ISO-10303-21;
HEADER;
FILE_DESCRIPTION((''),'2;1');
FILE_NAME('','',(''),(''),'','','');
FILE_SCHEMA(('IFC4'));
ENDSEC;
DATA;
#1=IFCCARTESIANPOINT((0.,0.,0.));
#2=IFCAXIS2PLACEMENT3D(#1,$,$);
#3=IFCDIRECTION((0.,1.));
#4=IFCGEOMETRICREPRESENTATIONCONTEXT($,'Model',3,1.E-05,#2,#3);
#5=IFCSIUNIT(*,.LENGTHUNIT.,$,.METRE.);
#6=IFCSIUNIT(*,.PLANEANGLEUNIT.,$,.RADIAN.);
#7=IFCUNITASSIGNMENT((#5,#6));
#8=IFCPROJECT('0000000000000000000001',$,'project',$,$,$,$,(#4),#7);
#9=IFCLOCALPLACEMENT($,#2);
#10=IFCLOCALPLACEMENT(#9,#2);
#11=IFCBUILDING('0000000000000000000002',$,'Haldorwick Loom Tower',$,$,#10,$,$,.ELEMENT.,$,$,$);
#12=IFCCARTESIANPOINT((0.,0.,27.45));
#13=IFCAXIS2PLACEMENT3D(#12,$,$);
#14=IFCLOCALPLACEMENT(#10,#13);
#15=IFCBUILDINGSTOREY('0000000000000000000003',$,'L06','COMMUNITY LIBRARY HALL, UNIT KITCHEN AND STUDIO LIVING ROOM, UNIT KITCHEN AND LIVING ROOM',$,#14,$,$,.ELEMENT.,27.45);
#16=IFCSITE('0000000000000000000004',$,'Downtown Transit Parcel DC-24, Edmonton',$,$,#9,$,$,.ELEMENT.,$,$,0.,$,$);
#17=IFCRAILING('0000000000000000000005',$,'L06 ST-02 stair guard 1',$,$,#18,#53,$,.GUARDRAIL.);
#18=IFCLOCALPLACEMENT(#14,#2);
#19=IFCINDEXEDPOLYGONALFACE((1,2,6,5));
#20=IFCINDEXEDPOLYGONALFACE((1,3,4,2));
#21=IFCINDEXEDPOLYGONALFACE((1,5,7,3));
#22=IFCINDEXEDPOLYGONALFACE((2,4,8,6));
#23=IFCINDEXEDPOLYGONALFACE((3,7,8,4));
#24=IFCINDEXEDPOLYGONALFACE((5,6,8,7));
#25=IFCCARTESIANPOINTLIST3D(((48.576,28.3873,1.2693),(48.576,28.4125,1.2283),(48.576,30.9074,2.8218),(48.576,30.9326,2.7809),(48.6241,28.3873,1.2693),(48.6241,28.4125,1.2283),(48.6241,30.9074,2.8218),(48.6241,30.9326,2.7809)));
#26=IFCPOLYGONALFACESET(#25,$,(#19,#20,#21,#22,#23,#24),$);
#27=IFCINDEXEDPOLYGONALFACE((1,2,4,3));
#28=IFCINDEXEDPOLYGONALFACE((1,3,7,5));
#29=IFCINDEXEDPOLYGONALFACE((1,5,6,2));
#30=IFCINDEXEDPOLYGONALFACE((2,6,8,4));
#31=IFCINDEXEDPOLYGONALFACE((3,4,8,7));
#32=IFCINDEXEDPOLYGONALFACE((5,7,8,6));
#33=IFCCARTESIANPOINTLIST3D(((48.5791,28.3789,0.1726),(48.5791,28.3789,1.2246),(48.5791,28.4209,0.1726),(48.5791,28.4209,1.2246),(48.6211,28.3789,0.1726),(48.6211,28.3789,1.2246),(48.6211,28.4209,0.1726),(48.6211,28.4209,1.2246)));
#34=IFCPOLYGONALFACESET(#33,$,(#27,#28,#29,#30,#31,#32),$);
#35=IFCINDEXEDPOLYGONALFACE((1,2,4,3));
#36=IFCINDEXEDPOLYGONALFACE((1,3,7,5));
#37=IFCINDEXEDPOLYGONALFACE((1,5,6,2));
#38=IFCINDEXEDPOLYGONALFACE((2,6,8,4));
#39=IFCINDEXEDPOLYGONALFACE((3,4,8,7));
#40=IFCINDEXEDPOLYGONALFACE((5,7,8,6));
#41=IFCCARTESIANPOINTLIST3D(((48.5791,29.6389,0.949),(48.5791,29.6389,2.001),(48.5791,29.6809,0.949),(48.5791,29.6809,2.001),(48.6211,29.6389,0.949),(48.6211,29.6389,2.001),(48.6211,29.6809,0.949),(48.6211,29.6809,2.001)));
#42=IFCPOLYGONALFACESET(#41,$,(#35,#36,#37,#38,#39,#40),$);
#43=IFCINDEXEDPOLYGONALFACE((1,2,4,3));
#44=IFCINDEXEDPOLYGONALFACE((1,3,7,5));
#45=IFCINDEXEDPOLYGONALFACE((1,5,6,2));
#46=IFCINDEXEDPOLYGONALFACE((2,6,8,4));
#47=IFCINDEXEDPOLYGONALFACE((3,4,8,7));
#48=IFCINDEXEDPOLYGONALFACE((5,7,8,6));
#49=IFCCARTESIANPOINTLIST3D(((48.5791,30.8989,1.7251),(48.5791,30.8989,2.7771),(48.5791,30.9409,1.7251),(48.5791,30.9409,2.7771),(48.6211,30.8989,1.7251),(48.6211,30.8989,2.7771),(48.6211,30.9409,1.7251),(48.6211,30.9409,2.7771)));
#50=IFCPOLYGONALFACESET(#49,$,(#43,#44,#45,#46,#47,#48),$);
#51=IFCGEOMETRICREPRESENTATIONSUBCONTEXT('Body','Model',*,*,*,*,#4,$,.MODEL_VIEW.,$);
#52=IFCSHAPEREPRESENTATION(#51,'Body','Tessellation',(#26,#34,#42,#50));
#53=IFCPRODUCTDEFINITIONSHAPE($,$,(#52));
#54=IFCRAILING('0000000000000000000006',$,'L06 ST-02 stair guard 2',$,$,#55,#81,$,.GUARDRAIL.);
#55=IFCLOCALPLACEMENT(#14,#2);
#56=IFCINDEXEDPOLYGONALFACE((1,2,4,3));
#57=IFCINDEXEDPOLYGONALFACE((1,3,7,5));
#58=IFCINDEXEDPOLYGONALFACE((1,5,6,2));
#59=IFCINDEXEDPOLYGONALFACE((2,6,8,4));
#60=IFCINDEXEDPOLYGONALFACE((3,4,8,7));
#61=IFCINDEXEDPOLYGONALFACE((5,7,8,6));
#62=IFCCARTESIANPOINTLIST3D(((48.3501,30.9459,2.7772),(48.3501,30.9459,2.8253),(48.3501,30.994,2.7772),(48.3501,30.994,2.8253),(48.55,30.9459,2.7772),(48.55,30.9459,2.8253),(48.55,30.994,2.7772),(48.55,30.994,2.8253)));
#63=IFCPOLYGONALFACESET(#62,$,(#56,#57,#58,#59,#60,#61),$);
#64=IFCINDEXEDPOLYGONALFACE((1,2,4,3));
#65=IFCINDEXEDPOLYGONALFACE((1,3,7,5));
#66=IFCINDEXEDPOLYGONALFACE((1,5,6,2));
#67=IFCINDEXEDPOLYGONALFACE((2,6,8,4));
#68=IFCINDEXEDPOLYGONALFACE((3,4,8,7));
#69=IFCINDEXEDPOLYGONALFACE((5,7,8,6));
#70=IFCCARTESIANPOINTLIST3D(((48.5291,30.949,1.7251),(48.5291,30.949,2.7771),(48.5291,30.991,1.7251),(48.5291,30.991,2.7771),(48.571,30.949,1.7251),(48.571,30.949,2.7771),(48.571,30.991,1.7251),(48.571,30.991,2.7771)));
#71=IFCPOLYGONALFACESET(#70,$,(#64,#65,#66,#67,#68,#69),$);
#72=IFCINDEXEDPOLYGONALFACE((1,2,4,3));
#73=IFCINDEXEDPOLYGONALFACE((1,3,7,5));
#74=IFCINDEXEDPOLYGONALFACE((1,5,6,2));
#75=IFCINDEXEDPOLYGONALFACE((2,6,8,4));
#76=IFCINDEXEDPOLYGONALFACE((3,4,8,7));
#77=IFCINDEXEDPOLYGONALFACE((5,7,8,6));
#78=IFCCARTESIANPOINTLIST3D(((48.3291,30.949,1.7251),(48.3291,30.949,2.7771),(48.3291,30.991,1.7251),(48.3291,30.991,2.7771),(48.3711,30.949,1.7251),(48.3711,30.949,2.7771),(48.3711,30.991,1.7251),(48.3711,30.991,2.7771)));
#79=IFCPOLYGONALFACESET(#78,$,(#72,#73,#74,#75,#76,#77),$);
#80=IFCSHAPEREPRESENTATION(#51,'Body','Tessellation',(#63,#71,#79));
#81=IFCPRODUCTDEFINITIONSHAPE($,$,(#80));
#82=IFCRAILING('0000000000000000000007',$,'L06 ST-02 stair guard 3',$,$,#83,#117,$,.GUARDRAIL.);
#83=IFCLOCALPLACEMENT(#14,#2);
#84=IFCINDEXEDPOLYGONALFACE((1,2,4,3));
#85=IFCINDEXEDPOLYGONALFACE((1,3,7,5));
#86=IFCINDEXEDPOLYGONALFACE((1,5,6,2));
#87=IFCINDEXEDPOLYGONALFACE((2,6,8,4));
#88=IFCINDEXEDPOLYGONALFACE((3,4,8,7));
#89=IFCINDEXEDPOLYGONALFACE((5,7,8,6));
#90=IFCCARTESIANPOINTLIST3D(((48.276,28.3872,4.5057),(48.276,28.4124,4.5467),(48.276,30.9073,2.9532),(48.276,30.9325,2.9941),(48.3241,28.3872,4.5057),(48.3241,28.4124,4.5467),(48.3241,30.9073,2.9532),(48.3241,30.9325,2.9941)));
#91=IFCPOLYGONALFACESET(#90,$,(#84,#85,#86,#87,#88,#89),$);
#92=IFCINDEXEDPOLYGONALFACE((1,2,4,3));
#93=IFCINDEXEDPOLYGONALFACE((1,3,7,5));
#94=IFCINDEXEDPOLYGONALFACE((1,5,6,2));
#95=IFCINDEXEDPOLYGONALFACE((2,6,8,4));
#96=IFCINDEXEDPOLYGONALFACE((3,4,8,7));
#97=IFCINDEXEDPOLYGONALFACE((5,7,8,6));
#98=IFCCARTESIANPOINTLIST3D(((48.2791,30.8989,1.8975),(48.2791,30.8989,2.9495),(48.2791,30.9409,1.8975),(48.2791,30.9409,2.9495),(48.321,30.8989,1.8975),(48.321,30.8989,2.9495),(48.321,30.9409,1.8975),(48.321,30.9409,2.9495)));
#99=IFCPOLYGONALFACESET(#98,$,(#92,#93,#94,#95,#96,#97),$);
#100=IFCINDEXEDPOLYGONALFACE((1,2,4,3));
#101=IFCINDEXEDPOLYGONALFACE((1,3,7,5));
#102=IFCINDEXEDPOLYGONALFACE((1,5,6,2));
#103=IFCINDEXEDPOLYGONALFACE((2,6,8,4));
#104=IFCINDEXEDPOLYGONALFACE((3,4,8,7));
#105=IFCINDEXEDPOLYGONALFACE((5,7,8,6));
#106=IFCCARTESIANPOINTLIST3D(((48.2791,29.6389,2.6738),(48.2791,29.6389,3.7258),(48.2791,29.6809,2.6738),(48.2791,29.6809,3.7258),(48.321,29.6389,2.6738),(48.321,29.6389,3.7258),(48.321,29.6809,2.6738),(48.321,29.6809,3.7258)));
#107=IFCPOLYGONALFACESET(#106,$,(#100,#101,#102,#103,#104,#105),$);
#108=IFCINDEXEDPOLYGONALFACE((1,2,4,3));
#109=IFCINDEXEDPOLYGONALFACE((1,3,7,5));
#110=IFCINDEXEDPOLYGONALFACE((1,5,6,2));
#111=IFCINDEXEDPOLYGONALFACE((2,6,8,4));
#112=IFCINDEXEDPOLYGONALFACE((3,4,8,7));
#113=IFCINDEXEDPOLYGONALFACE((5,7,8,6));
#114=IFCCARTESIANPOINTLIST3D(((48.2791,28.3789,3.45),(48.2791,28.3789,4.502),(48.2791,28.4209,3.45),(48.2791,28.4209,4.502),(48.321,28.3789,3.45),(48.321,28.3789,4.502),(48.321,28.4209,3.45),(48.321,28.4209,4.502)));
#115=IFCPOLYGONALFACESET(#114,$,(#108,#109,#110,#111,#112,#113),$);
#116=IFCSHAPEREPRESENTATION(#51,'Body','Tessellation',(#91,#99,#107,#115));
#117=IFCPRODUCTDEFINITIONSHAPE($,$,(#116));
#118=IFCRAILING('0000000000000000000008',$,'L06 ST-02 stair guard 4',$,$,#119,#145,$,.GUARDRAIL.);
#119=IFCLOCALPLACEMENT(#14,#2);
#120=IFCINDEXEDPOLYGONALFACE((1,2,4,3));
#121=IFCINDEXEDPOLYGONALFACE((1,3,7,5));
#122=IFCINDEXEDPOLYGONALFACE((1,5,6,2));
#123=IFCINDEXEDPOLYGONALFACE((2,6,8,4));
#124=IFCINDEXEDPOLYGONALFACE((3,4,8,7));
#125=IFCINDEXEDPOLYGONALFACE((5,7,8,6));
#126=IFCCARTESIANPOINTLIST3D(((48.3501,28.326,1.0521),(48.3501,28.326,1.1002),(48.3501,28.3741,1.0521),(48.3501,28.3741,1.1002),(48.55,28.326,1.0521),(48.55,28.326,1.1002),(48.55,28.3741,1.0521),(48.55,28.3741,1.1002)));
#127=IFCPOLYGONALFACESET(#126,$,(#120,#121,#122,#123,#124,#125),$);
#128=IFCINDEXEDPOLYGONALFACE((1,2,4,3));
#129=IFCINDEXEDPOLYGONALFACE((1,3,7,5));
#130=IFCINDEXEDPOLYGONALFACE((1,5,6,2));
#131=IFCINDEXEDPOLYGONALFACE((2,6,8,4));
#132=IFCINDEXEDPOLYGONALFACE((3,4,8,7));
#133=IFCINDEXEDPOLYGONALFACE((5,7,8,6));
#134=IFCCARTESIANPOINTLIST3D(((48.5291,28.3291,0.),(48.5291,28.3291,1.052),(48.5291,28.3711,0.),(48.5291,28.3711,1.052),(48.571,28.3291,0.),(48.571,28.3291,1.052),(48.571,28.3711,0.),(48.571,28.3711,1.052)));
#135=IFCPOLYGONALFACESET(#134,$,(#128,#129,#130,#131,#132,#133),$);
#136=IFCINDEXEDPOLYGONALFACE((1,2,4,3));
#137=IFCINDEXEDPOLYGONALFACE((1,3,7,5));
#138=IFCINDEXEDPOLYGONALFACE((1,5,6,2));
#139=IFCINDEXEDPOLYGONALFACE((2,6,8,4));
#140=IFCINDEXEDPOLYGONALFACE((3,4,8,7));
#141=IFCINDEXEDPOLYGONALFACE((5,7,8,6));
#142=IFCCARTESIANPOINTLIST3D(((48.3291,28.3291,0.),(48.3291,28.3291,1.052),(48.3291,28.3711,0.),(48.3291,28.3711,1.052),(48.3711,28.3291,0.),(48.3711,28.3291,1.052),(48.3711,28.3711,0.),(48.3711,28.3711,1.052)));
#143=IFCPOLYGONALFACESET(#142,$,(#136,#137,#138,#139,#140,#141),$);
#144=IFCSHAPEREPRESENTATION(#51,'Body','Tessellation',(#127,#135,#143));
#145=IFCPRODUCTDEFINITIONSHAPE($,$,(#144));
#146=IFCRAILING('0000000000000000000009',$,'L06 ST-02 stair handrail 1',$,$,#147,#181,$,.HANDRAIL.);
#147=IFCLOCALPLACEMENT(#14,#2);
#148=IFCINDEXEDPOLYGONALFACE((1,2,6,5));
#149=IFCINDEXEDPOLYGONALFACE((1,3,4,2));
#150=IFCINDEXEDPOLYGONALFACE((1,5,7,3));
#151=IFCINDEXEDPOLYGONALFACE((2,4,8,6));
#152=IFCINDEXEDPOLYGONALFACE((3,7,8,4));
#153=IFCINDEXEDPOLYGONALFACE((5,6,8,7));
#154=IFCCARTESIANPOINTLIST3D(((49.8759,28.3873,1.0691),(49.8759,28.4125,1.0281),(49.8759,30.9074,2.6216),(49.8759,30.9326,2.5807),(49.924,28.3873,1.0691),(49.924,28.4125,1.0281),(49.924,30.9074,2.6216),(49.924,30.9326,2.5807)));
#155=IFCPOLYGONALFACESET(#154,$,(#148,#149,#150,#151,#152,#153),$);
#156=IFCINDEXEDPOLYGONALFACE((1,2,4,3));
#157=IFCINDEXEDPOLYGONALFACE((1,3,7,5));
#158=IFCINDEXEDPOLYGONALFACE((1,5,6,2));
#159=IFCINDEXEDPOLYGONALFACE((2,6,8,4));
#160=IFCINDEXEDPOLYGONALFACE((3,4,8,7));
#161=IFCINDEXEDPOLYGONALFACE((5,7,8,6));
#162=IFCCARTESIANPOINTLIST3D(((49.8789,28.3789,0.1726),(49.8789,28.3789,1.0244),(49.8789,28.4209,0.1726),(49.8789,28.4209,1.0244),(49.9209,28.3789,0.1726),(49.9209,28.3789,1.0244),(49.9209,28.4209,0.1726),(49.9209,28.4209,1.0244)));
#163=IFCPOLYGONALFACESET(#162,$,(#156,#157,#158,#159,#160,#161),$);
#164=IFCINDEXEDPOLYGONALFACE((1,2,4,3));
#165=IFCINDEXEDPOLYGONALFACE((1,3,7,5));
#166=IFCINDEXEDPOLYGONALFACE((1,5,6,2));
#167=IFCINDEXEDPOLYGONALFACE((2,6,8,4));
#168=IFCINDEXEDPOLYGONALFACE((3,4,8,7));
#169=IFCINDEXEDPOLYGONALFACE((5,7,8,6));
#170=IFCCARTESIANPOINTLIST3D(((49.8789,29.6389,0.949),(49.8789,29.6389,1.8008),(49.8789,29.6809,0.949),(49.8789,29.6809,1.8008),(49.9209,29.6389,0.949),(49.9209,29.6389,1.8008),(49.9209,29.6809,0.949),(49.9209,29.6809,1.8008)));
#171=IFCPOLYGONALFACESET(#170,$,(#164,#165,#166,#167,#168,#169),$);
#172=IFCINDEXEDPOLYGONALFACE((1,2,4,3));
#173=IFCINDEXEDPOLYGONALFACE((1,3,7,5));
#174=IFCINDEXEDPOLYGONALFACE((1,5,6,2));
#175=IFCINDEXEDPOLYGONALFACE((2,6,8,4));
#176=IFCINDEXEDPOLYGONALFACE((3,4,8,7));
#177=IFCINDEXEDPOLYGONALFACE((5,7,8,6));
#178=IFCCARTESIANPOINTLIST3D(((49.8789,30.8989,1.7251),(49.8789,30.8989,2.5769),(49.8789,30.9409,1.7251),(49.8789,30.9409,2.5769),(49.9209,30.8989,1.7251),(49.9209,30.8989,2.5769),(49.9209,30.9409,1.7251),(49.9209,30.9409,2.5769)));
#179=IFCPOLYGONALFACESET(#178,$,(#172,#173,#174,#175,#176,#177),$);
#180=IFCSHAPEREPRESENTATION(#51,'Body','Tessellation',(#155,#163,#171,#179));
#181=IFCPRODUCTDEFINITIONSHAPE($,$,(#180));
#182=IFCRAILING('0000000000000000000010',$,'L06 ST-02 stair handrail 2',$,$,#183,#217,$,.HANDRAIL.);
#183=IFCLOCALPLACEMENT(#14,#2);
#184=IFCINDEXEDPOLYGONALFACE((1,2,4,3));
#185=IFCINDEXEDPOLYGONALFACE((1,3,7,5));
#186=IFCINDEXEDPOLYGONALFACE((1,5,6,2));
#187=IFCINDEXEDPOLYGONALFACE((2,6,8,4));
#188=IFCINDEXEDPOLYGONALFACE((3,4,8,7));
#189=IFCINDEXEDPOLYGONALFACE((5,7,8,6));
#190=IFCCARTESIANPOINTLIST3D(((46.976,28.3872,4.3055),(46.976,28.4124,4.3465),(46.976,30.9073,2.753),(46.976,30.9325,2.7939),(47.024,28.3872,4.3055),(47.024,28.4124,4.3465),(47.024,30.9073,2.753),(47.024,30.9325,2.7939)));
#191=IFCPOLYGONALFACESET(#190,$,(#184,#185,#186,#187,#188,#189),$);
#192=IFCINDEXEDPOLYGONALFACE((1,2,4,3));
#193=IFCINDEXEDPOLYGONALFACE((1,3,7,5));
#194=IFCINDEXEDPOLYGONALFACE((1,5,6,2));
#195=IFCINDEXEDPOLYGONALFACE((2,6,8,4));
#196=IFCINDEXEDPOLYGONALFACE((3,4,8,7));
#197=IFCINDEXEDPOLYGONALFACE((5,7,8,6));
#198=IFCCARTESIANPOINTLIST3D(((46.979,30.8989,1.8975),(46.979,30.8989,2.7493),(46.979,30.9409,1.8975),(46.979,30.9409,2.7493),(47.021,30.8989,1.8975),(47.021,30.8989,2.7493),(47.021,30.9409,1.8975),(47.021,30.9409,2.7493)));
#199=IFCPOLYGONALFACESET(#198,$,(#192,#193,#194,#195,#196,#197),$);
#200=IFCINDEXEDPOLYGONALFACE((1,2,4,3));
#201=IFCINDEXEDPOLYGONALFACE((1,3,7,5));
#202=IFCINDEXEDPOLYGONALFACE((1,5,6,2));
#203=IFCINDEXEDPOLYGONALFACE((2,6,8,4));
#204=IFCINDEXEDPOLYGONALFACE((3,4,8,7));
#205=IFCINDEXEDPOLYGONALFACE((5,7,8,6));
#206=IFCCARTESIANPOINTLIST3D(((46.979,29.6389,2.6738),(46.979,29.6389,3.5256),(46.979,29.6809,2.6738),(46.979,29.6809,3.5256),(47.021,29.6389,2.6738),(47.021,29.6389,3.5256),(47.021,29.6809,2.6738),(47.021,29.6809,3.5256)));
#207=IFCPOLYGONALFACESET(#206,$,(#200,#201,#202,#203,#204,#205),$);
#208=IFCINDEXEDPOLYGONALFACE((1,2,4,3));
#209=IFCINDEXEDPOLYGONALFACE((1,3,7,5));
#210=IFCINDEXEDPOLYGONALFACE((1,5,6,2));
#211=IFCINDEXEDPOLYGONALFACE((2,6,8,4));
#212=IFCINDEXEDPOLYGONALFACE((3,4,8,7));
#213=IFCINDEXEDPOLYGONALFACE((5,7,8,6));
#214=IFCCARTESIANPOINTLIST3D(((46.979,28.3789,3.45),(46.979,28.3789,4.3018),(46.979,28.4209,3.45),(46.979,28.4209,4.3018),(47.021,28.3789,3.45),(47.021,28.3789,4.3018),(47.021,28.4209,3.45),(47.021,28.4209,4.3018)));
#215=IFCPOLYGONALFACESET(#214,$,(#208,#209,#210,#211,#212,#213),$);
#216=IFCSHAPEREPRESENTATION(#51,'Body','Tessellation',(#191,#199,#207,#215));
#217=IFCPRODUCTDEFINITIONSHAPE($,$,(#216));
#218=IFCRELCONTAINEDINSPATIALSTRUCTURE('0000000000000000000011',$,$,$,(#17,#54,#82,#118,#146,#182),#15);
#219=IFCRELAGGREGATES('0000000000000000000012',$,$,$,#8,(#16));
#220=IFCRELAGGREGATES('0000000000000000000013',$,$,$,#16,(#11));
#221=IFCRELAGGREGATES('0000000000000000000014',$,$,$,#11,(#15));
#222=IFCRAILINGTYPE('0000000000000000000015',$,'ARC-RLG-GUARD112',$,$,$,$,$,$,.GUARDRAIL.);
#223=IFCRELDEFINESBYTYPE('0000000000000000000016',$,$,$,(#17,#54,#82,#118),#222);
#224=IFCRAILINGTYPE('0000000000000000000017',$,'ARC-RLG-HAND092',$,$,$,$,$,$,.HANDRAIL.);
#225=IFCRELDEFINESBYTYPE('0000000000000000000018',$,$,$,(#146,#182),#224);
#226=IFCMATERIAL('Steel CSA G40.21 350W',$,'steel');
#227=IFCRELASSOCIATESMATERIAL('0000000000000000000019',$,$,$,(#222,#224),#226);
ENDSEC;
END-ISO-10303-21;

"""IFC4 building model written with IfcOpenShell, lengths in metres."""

from ifc_helpers import new_model, si_unit, direction, frame, origin, origin_2d, place, context, subcontext, project, spatial, rectangle, extrude, material, type_object, element, save


model = new_model("IFC4")

# Units and contexts
model_context = context("Model", 3, precision=1e-05, world=origin(), true_north=direction((0.0, 1.0)))
body_context = subcontext(model_context, "Body", "Model", "MODEL_VIEW")
ifc_project = project(units=[si_unit("LENGTHUNIT", "METRE"), si_unit("PLANEANGLEUNIT", "RADIAN")], contexts=[model_context])

# Site, building, storey
site_placement = place(None, origin())
site = spatial("IfcSite", under=ifc_project, at=site_placement, Name="Downtown Transit Parcel DC-24, Edmonton", CompositionType="ELEMENT", RefElevation=0.0)
building_placement = place(site_placement, origin())
building = spatial("IfcBuilding", under=site, at=building_placement, Name="Haldorwick Loom Tower", CompositionType="ELEMENT")
storey_placement = place(building_placement, frame((0.0, 0.0, 27.45)))
storey = spatial("IfcBuildingStorey", under=building, at=storey_placement, Name="L06", Description="COMMUNITY LIBRARY HALL, UNIT KITCHEN AND STUDIO LIVING ROOM, UNIT KITCHEN AND LIVING ROOM", CompositionType="ELEMENT", Elevation=27.45)

# Shared definitions
ifc_material_1 = material(Name="Steel CSA G40.21 350W", Category="steel")

# Railings
railing_type_1 = type_object("IfcRailingType", Name="ARC-RLG-GUARD112", PredefinedType="GUARDRAIL", material=ifc_material_1)
railing_1_placement = place(storey_placement, frame((48.6001, 28.3999, 0.1726)))
element("IfcRailing", 1, at=railing_1_placement, inside=storey, type_object=railing_type_1, Name="L06 ST-02 stair guard 1", PredefinedType="GUARDRAIL", context=body_context, shape_type="SweptSolid", body=[
    extrude(rectangle(XDim=0.0481, YDim=0.0481, at=origin_2d()), frame((0.0, 0.0, 1.0762), z_axis=(0.0, 0.8514, 0.524516), x_axis=(-1.0, 0.0, 0.0)), (0.0, 0.0, 1.0), 2.96),
    extrude(rectangle(XDim=0.042, YDim=0.042, at=origin_2d()), origin(), (0.0, 0.0, 1.0), 1.052),
    extrude(rectangle(XDim=0.042, YDim=0.042, at=origin_2d()), frame((0.0, 1.26, 0.7764)), (0.0, 0.0, 1.0), 1.052),
    extrude(rectangle(XDim=0.042, YDim=0.042, at=origin_2d()), frame((0.0, 2.52, 1.5525)), (0.0, 0.0, 1.0), 1.052),
])
railing_2_placement = place(storey_placement, frame((48.55, 30.97, 1.7251)))
element("IfcRailing", 2, at=railing_2_placement, inside=storey, type_object=railing_type_1, Name="L06 ST-02 stair guard 2", PredefinedType="GUARDRAIL", context=body_context, shape_type="SweptSolid", body=[
    extrude(rectangle(XDim=0.0481, YDim=0.0481, at=origin_2d()), frame((0.0, 0.0, 1.0762), z_axis=(-1.0, 0.0, 0.0), x_axis=(0.0, -1.0, 0.0)), (0.0, 0.0, 1.0), 0.2),
    extrude(rectangle(XDim=0.042, YDim=0.042, at=origin_2d()), origin(), (0.0, 0.0, 1.0), 1.052),
    extrude(rectangle(XDim=0.042, YDim=0.042, at=origin_2d()), frame((-0.2, 0.0, 0.0)), (0.0, 0.0, 1.0), 1.052),
])
railing_3_placement = place(storey_placement, frame((48.3, 30.9199, 1.8975)))
element("IfcRailing", 3, at=railing_3_placement, inside=storey, type_object=railing_type_1, Name="L06 ST-02 stair guard 3", PredefinedType="GUARDRAIL", context=body_context, shape_type="SweptSolid", body=[
    extrude(rectangle(XDim=0.0481, YDim=0.0481, at=origin_2d()), frame((0.0, 0.0, 1.0762), z_axis=(0.0, -0.8514, 0.524516), x_axis=(1.0, 0.0, 0.0)), (0.0, 0.0, 1.0), 2.96),
    extrude(rectangle(XDim=0.042, YDim=0.042, at=origin_2d()), origin(), (0.0, 0.0, 1.0), 1.052),
    extrude(rectangle(XDim=0.042, YDim=0.042, at=origin_2d()), frame((0.0, -1.26, 0.7764)), (0.0, 0.0, 1.0), 1.052),
    extrude(rectangle(XDim=0.042, YDim=0.042, at=origin_2d()), frame((0.0, -2.52, 1.5525)), (0.0, 0.0, 1.0), 1.052),
])
railing_4_placement = place(storey_placement, frame((48.55, 28.3501, 0.0)))
element("IfcRailing", 4, at=railing_4_placement, inside=storey, type_object=railing_type_1, Name="L06 ST-02 stair guard 4", PredefinedType="GUARDRAIL", context=body_context, shape_type="SweptSolid", body=[
    extrude(rectangle(XDim=0.0481, YDim=0.0481, at=origin_2d()), frame((0.0, 0.0, 1.0762), z_axis=(-1.0, 0.0, 0.0), x_axis=(0.0, -1.0, 0.0)), (0.0, 0.0, 1.0), 0.2),
    extrude(rectangle(XDim=0.042, YDim=0.042, at=origin_2d()), origin(), (0.0, 0.0, 1.0), 1.052),
    extrude(rectangle(XDim=0.042, YDim=0.042, at=origin_2d()), frame((-0.2, 0.0, 0.0)), (0.0, 0.0, 1.0), 1.052),
])
railing_type_2 = type_object("IfcRailingType", Name="ARC-RLG-HAND092", PredefinedType="HANDRAIL", material=ifc_material_1)
railing_5_placement = place(storey_placement, frame((49.8999, 28.3999, 0.1726)))
element("IfcRailing", 5, at=railing_5_placement, inside=storey, type_object=railing_type_2, Name="L06 ST-02 stair handrail 1", PredefinedType="HANDRAIL", context=body_context, shape_type="SweptSolid", body=[
    extrude(rectangle(XDim=0.0481, YDim=0.0481, at=origin_2d()), frame((0.0, 0.0, 0.876), z_axis=(0.0, 0.8514, 0.524516), x_axis=(-1.0, 0.0, 0.0)), (0.0, 0.0, 1.0), 2.96),
    extrude(rectangle(XDim=0.042, YDim=0.042, at=origin_2d()), origin(), (0.0, 0.0, 1.0), 0.8518),
    extrude(rectangle(XDim=0.042, YDim=0.042, at=origin_2d()), frame((0.0, 1.26, 0.7764)), (0.0, 0.0, 1.0), 0.8518),
    extrude(rectangle(XDim=0.042, YDim=0.042, at=origin_2d()), frame((0.0, 2.52, 1.5525)), (0.0, 0.0, 1.0), 0.8518),
])
railing_6_placement = place(storey_placement, frame((47.0, 30.9199, 1.8975)))
element("IfcRailing", 6, at=railing_6_placement, inside=storey, type_object=railing_type_2, Name="L06 ST-02 stair handrail 2", PredefinedType="HANDRAIL", context=body_context, shape_type="SweptSolid", body=[
    extrude(rectangle(XDim=0.0481, YDim=0.0481, at=origin_2d()), frame((0.0, 0.0, 0.876), z_axis=(0.0, -0.8514, 0.524516), x_axis=(1.0, 0.0, 0.0)), (0.0, 0.0, 1.0), 2.96),
    extrude(rectangle(XDim=0.042, YDim=0.042, at=origin_2d()), origin(), (0.0, 0.0, 1.0), 0.8518),
    extrude(rectangle(XDim=0.042, YDim=0.042, at=origin_2d()), frame((0.0, -1.26, 0.7764)), (0.0, 0.0, 1.0), 0.8518),
    extrude(rectangle(XDim=0.042, YDim=0.042, at=origin_2d()), frame((0.0, -2.52, 1.5525)), (0.0, 0.0, 1.0), 0.8518),
])

save(model, "model.ifc")
